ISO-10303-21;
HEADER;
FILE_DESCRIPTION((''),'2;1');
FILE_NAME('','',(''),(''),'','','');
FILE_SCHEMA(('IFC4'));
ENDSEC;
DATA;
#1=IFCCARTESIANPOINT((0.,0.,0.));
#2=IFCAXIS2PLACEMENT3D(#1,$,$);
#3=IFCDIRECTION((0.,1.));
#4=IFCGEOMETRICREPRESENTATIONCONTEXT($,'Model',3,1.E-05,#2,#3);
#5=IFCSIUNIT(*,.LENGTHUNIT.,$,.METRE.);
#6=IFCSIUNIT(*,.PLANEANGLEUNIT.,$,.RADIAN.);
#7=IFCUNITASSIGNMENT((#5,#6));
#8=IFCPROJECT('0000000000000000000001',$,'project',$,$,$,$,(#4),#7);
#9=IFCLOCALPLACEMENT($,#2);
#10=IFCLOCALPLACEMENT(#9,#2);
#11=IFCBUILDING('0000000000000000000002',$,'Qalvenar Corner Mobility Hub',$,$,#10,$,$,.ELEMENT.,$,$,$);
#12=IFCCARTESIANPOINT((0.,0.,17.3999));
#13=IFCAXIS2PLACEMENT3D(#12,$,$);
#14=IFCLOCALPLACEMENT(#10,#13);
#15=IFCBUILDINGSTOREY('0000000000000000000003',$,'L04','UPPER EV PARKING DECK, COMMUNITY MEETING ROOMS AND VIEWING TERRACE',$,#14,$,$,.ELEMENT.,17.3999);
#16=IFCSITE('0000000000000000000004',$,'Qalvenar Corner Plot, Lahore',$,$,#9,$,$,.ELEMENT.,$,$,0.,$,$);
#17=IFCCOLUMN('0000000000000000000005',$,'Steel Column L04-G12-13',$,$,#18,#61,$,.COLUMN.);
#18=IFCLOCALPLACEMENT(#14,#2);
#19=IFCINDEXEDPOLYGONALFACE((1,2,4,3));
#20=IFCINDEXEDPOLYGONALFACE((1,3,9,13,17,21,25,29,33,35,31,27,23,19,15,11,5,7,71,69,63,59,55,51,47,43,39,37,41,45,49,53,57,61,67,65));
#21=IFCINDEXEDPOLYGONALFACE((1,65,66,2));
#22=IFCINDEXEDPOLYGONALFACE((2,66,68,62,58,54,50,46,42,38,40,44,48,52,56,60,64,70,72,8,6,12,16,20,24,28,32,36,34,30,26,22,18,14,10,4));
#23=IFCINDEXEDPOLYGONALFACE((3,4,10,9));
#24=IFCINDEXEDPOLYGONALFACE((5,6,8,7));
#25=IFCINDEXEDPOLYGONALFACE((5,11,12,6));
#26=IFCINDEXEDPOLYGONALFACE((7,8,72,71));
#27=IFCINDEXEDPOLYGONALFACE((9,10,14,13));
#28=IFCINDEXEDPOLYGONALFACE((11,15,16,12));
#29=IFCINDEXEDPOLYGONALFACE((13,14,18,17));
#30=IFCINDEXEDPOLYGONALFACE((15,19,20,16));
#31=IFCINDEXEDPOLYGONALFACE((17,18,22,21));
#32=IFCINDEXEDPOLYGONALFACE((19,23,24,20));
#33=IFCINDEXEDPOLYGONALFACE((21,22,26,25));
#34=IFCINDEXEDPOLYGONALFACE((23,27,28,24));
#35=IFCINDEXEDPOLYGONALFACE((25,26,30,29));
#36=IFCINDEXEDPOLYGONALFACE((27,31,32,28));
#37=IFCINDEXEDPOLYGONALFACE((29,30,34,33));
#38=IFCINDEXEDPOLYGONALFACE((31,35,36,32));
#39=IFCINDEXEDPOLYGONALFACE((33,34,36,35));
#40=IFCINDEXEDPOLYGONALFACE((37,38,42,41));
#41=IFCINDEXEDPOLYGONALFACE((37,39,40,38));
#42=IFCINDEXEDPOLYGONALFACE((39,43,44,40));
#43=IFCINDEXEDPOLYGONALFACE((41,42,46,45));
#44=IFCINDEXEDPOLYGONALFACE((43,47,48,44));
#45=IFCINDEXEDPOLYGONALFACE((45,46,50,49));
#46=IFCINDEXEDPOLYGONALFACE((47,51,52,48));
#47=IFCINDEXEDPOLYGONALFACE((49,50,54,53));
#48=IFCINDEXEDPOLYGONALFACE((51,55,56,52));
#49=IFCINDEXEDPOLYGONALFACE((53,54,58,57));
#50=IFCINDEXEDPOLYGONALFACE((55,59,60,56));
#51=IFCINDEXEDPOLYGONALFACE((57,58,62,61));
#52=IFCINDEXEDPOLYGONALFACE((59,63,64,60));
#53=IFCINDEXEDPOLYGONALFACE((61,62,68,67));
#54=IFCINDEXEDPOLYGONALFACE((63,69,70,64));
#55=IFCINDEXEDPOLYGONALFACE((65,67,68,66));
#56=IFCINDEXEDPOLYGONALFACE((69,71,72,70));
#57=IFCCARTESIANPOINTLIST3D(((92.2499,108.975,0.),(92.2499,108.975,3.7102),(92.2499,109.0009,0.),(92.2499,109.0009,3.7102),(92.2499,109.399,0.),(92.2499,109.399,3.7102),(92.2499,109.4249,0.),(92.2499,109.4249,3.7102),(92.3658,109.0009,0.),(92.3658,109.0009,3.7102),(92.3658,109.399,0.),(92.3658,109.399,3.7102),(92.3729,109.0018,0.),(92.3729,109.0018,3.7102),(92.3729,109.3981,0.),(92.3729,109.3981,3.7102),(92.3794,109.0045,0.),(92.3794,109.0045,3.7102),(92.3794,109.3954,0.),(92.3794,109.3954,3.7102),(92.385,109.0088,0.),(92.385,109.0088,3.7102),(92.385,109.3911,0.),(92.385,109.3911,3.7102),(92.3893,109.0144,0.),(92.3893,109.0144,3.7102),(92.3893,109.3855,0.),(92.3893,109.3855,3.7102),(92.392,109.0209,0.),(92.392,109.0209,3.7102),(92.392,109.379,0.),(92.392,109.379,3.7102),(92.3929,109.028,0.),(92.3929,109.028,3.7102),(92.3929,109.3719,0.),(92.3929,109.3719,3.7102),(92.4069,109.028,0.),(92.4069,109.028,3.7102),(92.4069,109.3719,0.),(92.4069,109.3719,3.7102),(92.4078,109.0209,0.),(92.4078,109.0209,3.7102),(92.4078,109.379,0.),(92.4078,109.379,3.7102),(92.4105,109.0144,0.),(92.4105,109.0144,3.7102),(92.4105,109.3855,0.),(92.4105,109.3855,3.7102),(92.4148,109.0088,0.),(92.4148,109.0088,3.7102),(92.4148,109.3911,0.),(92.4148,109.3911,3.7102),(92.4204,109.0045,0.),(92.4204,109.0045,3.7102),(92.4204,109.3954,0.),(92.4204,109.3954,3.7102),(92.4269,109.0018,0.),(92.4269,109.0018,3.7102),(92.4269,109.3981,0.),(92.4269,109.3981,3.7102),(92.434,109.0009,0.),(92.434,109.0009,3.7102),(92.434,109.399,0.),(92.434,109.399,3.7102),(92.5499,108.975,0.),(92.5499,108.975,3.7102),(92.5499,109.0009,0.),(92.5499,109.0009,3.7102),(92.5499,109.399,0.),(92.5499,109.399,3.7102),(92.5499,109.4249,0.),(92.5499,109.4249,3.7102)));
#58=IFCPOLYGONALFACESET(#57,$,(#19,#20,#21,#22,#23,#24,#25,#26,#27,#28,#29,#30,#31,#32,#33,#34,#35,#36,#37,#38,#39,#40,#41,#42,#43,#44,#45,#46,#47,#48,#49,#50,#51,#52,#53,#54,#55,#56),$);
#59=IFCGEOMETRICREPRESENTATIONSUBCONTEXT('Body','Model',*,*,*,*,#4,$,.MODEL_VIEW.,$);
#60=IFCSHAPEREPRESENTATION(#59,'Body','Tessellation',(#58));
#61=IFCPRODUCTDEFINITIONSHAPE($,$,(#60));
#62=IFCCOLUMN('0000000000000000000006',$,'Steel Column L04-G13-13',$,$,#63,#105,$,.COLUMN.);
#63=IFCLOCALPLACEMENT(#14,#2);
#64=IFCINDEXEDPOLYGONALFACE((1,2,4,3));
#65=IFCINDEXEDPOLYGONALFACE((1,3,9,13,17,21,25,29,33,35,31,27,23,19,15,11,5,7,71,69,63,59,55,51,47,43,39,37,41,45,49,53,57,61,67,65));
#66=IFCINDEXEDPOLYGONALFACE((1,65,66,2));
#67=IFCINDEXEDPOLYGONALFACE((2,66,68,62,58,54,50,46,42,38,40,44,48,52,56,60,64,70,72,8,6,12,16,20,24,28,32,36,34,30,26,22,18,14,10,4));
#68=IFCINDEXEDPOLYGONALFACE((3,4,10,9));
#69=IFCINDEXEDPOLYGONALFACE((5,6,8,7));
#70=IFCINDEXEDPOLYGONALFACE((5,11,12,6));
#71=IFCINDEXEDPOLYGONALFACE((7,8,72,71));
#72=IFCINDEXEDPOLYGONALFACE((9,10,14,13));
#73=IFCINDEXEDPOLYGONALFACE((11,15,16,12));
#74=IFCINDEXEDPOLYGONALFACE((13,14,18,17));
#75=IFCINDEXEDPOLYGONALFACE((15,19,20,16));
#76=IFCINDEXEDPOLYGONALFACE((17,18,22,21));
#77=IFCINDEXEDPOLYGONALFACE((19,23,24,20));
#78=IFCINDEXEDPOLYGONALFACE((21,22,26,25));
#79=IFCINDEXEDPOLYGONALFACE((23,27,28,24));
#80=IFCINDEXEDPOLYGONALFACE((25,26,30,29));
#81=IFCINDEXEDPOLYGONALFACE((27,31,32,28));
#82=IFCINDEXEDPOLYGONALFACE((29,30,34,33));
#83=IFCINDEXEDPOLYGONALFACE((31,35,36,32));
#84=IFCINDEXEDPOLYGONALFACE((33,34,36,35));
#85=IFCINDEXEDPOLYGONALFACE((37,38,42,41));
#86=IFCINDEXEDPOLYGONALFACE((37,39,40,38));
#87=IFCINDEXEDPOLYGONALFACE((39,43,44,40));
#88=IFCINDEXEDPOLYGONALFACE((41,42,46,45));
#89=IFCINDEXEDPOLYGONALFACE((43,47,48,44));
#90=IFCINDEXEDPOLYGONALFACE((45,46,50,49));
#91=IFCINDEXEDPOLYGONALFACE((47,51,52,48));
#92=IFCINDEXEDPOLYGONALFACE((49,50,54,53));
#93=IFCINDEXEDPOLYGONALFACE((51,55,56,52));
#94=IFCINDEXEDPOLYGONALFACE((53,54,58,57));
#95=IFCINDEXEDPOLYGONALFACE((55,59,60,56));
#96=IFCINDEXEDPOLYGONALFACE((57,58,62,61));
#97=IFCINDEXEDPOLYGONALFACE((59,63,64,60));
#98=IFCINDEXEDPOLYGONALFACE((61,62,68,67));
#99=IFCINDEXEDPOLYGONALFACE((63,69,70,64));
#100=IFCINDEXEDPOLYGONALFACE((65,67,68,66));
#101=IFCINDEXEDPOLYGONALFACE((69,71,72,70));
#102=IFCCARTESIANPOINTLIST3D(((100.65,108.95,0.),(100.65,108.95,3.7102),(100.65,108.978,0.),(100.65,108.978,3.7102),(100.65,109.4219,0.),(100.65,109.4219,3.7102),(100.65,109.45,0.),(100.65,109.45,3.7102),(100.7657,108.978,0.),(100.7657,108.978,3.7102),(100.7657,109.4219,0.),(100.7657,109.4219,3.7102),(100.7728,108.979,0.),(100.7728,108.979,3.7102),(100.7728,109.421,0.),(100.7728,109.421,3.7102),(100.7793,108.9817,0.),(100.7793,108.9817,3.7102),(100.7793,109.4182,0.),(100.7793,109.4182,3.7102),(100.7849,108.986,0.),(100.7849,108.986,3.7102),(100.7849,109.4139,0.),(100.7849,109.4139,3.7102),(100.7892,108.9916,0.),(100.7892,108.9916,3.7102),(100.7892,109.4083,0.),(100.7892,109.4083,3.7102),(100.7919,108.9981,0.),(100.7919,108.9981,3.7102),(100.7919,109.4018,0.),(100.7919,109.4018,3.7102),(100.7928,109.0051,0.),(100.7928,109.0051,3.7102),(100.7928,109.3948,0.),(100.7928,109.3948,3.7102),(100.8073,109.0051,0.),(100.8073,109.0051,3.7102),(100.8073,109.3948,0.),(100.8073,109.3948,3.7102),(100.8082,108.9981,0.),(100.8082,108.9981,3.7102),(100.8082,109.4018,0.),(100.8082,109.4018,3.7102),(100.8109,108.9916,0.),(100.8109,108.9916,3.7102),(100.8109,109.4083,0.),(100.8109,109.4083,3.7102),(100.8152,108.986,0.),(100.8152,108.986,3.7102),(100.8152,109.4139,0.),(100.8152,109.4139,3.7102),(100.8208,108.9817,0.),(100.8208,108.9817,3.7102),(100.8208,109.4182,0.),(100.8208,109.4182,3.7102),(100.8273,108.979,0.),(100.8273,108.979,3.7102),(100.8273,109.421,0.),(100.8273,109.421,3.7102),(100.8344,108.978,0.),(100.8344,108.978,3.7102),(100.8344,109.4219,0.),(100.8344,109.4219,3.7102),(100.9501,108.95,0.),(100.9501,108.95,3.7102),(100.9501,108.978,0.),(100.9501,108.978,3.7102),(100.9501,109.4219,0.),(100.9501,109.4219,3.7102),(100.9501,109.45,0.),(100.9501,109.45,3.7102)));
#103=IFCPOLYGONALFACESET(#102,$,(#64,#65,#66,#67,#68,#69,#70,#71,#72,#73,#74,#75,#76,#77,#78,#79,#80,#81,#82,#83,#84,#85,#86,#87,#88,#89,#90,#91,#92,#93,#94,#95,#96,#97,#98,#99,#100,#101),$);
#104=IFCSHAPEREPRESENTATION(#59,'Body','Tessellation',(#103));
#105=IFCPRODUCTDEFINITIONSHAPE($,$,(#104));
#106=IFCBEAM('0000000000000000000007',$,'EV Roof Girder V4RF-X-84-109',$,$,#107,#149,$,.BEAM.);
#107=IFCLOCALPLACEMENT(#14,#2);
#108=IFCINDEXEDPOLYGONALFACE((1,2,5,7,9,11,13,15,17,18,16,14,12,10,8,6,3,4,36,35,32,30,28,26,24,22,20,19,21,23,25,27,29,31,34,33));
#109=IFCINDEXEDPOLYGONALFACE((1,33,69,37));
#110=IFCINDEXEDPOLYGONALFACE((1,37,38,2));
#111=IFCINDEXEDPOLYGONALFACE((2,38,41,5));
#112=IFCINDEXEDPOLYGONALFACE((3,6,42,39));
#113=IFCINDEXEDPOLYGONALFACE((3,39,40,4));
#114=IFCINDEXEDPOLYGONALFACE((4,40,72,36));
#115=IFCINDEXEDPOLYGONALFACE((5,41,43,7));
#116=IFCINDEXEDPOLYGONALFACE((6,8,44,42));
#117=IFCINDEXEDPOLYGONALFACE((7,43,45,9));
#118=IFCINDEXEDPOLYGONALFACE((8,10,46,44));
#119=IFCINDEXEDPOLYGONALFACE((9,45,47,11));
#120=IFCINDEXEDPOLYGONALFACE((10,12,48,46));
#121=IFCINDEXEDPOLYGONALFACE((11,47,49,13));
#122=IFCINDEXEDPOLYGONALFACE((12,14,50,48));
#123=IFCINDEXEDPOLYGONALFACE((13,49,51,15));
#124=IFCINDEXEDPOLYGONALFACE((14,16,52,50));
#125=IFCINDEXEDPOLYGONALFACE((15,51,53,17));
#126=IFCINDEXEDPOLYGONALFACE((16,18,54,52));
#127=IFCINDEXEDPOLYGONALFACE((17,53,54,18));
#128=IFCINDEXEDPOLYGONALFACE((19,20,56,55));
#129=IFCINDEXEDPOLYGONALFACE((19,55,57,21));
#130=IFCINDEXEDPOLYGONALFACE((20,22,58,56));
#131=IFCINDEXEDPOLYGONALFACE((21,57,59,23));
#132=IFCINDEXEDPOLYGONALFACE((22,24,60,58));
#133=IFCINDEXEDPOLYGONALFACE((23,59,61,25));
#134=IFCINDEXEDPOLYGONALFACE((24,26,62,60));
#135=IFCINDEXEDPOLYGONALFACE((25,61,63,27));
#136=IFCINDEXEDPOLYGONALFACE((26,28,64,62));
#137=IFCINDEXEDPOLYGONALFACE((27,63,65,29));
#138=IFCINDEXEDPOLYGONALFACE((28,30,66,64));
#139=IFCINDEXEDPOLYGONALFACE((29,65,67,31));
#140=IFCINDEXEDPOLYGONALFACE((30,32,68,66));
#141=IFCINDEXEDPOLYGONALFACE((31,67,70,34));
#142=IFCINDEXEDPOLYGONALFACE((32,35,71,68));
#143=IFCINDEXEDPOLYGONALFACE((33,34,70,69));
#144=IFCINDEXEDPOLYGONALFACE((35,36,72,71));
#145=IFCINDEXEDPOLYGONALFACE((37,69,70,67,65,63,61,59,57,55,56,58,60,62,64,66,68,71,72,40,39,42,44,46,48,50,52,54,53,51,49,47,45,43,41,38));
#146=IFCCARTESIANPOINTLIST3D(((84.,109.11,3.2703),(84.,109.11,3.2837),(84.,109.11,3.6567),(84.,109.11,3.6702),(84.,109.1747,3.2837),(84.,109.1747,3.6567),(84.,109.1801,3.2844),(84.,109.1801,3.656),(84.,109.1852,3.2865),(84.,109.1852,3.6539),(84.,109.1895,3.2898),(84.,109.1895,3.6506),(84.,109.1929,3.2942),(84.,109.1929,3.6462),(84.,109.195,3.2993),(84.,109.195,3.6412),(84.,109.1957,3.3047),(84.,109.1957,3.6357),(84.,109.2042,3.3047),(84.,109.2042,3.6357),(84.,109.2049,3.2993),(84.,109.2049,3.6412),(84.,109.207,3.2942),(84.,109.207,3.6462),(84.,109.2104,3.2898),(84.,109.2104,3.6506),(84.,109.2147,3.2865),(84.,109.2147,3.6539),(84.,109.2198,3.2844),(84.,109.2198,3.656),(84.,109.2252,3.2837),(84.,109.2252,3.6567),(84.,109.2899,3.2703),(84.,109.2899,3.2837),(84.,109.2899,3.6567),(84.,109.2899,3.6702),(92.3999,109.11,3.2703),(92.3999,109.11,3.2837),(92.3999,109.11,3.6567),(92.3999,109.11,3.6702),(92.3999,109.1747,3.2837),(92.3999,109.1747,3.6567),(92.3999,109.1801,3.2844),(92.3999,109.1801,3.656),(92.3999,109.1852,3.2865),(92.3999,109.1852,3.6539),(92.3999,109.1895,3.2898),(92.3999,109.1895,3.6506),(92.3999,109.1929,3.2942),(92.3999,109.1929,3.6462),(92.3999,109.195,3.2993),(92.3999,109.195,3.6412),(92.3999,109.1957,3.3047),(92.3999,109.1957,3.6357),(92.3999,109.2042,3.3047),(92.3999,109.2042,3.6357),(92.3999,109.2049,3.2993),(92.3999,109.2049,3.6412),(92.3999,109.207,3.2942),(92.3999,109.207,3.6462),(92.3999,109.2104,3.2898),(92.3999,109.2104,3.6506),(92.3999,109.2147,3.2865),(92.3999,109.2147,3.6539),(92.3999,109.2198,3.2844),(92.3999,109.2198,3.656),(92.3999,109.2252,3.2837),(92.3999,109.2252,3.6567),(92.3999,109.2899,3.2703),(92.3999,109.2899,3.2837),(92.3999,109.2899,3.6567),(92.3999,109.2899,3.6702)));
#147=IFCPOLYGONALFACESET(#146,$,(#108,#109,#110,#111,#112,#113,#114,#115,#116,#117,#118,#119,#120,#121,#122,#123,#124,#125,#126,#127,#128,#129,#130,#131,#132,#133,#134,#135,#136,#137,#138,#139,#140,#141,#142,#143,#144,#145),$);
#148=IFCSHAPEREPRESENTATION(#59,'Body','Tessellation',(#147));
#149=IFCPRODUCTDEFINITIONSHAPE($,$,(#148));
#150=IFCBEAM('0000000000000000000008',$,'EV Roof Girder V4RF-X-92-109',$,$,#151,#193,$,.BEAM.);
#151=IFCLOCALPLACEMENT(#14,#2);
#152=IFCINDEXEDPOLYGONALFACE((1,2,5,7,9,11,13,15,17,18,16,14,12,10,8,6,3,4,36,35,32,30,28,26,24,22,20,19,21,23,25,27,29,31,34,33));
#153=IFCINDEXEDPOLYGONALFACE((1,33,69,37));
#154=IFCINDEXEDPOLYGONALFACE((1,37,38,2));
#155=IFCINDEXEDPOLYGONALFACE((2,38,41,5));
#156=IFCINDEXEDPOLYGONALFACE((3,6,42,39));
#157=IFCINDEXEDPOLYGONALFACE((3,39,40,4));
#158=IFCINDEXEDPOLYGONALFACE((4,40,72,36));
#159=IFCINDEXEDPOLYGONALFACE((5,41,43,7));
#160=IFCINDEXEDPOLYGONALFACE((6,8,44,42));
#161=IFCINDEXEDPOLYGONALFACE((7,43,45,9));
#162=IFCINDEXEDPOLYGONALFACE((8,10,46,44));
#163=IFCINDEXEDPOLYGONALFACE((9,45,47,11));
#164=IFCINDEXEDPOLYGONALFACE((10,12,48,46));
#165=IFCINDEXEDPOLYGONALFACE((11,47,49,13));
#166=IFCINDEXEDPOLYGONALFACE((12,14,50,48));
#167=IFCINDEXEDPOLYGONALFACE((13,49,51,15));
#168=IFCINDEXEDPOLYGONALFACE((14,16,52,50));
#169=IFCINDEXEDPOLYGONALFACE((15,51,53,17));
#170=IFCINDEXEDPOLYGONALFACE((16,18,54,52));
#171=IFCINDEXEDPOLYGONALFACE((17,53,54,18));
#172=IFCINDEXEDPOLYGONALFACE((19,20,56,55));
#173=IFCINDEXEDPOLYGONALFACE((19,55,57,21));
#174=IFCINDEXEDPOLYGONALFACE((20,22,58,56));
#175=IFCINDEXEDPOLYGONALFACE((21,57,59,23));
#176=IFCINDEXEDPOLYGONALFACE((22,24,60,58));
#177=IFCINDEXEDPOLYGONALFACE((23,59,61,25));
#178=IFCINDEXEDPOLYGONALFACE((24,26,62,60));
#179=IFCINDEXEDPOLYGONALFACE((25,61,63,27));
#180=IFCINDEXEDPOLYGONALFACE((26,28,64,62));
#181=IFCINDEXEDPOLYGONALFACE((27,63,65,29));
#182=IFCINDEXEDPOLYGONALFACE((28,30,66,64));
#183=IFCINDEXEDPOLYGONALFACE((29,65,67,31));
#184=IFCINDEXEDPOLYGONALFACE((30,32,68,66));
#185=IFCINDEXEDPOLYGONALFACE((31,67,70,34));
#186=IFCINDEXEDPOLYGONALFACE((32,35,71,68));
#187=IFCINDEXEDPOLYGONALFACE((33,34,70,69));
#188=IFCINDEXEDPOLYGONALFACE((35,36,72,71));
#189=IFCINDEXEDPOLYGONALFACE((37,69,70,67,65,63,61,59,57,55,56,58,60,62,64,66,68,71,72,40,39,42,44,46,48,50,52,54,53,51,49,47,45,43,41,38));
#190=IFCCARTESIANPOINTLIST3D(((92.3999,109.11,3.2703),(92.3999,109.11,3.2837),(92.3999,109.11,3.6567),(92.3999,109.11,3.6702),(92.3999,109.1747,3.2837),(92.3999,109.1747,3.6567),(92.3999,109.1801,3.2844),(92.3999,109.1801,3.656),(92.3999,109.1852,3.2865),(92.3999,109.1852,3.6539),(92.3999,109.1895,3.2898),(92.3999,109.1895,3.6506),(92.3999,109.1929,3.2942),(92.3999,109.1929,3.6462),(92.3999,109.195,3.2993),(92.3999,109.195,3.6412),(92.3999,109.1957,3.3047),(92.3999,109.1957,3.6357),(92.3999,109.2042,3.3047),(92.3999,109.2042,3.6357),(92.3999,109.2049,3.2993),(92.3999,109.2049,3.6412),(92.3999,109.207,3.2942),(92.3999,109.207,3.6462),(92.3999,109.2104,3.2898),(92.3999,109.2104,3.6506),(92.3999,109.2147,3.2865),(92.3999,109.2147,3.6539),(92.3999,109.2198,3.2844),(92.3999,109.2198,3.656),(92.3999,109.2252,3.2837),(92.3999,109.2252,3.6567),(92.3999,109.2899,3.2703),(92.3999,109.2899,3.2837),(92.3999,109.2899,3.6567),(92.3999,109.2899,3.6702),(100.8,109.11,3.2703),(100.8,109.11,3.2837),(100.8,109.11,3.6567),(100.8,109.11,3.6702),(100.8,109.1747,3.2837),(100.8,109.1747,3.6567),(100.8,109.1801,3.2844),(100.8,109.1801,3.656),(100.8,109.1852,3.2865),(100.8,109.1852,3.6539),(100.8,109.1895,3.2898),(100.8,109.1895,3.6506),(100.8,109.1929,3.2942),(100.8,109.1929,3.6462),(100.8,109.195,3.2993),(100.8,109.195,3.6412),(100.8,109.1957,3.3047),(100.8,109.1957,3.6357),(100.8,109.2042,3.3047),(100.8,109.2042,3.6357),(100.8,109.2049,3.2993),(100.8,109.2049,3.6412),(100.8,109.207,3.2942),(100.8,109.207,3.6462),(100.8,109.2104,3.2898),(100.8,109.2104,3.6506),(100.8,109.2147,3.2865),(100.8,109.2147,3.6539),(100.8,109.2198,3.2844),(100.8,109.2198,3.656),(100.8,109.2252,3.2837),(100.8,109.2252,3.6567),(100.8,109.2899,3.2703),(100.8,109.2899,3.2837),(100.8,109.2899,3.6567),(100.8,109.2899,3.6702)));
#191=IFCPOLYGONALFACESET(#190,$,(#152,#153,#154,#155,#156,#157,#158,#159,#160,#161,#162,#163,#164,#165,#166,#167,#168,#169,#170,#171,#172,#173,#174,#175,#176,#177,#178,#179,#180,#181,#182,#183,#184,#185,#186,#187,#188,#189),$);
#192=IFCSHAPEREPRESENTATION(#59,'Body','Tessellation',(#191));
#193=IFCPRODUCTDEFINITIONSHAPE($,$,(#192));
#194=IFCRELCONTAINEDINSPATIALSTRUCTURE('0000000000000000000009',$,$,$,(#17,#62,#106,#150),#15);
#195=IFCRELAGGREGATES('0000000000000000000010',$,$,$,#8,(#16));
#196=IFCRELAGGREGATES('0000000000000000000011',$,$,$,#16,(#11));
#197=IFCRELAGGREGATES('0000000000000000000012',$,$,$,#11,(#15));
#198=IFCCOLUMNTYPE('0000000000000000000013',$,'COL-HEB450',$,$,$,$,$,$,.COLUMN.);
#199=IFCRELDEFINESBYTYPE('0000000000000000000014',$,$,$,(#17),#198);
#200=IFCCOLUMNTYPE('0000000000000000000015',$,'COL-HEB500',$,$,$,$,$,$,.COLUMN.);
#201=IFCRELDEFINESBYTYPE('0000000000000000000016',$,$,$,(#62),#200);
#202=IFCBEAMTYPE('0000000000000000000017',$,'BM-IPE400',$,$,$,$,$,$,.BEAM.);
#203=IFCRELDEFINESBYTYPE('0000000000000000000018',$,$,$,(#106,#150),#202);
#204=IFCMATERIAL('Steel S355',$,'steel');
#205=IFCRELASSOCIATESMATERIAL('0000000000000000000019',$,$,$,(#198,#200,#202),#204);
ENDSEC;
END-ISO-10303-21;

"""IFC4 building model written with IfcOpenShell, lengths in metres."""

from ifc_helpers import new_model, si_unit, direction, frame, origin, origin_2d, place, context, subcontext, project, spatial, i_section, extrude, material, material_profile, profile_set, type_object, element, save


model = new_model("IFC4")

# Units and contexts
model_context = context("Model", 3, precision=1e-05, world=origin(), true_north=direction((0.0, 1.0)))
body_context = subcontext(model_context, "Body", "Model", "MODEL_VIEW")
ifc_project = project(units=[si_unit("LENGTHUNIT", "METRE"), si_unit("PLANEANGLEUNIT", "RADIAN")], contexts=[model_context])

# Site, building, storey
site_placement = place(None, origin())
site = spatial("IfcSite", under=ifc_project, at=site_placement, Name="Qalvenar Corner Plot, Lahore", CompositionType="ELEMENT", RefElevation=0.0)
building_placement = place(site_placement, origin())
building = spatial("IfcBuilding", under=site, at=building_placement, Name="Qalvenar Corner Mobility Hub", CompositionType="ELEMENT")
storey_placement = place(building_placement, frame((0.0, 0.0, 17.3999)))
storey = spatial("IfcBuildingStorey", under=building, at=storey_placement, Name="L04", Description="UPPER EV PARKING DECK, COMMUNITY MEETING ROOMS AND VIEWING TERRACE", CompositionType="ELEMENT", Elevation=17.3999)

# Columns
ifc_material_1 = material(Name="Steel S355", Category="steel")
ifc_material_profile_1 = material_profile(ifc_material_1, i_section(OverallWidth=0.3, OverallDepth=0.45, WebThickness=0.0139, FlangeThickness=0.0259, FilletRadius=0.0271, at=origin_2d()), Name="HEB450")
ifc_profile_set_1 = profile_set([ifc_material_profile_1], Name="Steel S355")
column_type_1 = type_object("IfcColumnType", Name="COL-HEB450", PredefinedType="COLUMN", material=ifc_profile_set_1)
column_1_placement = place(storey_placement, frame((92.3999, 109.2, 0.0), z_axis=(0.0, 0.0, 1.0), x_axis=(1.0, 0.0, 0.0)))
element("IfcColumn", 1, at=column_1_placement, inside=storey, type_object=column_type_1, Name="Steel Column L04-G12-13", PredefinedType="COLUMN", context=body_context, shape_type="SweptSolid", body=[
    extrude(i_section(OverallWidth=0.3, OverallDepth=0.45, WebThickness=0.0139, FlangeThickness=0.0259, FilletRadius=0.0271, at=origin_2d()), origin(), (0.0, 0.0, 1.0), 3.7102),
])
ifc_material_profile_2 = material_profile(ifc_material_1, i_section(OverallWidth=0.3, OverallDepth=0.5, WebThickness=0.0144, FlangeThickness=0.0281, FilletRadius=0.0271, at=origin_2d()), Name="HEB500")
ifc_profile_set_2 = profile_set([ifc_material_profile_2], Name="Steel S355")
column_type_2 = type_object("IfcColumnType", Name="COL-HEB500", PredefinedType="COLUMN", material=ifc_profile_set_2)
column_2_placement = place(storey_placement, frame((100.8, 109.2, 0.0), z_axis=(0.0, 0.0, 1.0), x_axis=(1.0, 0.0, 0.0)))
element("IfcColumn", 2, at=column_2_placement, inside=storey, type_object=column_type_2, Name="Steel Column L04-G13-13", PredefinedType="COLUMN", context=body_context, shape_type="SweptSolid", body=[
    extrude(i_section(OverallWidth=0.3, OverallDepth=0.5, WebThickness=0.0144, FlangeThickness=0.0281, FilletRadius=0.0271, at=origin_2d()), origin(), (0.0, 0.0, 1.0), 3.7102),
])

# Beams
ifc_material_profile_3 = material_profile(ifc_material_1, i_section(OverallWidth=0.1799, OverallDepth=0.3999, WebThickness=0.0085, FlangeThickness=0.0134, FilletRadius=0.021, at=origin_2d()), Name="IPE400")
ifc_profile_set_3 = profile_set([ifc_material_profile_3], Name="Steel S355")
beam_type_1 = type_object("IfcBeamType", Name="BM-IPE400", PredefinedType="BEAM", material=ifc_profile_set_3)
beam_1_placement = place(storey_placement, frame((84.0, 109.2, 3.4702), z_axis=(1.0, 0.0, 0.0), x_axis=(0.0, 1.0, 0.0)))
element("IfcBeam", 3, at=beam_1_placement, inside=storey, type_object=beam_type_1, Name="EV Roof Girder V4RF-X-84-109", PredefinedType="BEAM", context=body_context, shape_type="SweptSolid", body=[
    extrude(i_section(OverallWidth=0.1799, OverallDepth=0.3999, WebThickness=0.0085, FlangeThickness=0.0134, FilletRadius=0.021, at=origin_2d()), origin(), (0.0, 0.0, 1.0), 8.3999),
])
beam_2_placement = place(storey_placement, frame((92.3999, 109.2, 3.4702), z_axis=(1.0, 0.0, 0.0), x_axis=(0.0, 1.0, 0.0)))
element("IfcBeam", 4, at=beam_2_placement, inside=storey, type_object=beam_type_1, Name="EV Roof Girder V4RF-X-92-109", PredefinedType="BEAM", context=body_context, shape_type="SweptSolid", body=[
    extrude(i_section(OverallWidth=0.1799, OverallDepth=0.3999, WebThickness=0.0085, FlangeThickness=0.0134, FilletRadius=0.021, at=origin_2d()), origin(), (0.0, 0.0, 1.0), 8.4001),
])

save(model, "model.ifc")
